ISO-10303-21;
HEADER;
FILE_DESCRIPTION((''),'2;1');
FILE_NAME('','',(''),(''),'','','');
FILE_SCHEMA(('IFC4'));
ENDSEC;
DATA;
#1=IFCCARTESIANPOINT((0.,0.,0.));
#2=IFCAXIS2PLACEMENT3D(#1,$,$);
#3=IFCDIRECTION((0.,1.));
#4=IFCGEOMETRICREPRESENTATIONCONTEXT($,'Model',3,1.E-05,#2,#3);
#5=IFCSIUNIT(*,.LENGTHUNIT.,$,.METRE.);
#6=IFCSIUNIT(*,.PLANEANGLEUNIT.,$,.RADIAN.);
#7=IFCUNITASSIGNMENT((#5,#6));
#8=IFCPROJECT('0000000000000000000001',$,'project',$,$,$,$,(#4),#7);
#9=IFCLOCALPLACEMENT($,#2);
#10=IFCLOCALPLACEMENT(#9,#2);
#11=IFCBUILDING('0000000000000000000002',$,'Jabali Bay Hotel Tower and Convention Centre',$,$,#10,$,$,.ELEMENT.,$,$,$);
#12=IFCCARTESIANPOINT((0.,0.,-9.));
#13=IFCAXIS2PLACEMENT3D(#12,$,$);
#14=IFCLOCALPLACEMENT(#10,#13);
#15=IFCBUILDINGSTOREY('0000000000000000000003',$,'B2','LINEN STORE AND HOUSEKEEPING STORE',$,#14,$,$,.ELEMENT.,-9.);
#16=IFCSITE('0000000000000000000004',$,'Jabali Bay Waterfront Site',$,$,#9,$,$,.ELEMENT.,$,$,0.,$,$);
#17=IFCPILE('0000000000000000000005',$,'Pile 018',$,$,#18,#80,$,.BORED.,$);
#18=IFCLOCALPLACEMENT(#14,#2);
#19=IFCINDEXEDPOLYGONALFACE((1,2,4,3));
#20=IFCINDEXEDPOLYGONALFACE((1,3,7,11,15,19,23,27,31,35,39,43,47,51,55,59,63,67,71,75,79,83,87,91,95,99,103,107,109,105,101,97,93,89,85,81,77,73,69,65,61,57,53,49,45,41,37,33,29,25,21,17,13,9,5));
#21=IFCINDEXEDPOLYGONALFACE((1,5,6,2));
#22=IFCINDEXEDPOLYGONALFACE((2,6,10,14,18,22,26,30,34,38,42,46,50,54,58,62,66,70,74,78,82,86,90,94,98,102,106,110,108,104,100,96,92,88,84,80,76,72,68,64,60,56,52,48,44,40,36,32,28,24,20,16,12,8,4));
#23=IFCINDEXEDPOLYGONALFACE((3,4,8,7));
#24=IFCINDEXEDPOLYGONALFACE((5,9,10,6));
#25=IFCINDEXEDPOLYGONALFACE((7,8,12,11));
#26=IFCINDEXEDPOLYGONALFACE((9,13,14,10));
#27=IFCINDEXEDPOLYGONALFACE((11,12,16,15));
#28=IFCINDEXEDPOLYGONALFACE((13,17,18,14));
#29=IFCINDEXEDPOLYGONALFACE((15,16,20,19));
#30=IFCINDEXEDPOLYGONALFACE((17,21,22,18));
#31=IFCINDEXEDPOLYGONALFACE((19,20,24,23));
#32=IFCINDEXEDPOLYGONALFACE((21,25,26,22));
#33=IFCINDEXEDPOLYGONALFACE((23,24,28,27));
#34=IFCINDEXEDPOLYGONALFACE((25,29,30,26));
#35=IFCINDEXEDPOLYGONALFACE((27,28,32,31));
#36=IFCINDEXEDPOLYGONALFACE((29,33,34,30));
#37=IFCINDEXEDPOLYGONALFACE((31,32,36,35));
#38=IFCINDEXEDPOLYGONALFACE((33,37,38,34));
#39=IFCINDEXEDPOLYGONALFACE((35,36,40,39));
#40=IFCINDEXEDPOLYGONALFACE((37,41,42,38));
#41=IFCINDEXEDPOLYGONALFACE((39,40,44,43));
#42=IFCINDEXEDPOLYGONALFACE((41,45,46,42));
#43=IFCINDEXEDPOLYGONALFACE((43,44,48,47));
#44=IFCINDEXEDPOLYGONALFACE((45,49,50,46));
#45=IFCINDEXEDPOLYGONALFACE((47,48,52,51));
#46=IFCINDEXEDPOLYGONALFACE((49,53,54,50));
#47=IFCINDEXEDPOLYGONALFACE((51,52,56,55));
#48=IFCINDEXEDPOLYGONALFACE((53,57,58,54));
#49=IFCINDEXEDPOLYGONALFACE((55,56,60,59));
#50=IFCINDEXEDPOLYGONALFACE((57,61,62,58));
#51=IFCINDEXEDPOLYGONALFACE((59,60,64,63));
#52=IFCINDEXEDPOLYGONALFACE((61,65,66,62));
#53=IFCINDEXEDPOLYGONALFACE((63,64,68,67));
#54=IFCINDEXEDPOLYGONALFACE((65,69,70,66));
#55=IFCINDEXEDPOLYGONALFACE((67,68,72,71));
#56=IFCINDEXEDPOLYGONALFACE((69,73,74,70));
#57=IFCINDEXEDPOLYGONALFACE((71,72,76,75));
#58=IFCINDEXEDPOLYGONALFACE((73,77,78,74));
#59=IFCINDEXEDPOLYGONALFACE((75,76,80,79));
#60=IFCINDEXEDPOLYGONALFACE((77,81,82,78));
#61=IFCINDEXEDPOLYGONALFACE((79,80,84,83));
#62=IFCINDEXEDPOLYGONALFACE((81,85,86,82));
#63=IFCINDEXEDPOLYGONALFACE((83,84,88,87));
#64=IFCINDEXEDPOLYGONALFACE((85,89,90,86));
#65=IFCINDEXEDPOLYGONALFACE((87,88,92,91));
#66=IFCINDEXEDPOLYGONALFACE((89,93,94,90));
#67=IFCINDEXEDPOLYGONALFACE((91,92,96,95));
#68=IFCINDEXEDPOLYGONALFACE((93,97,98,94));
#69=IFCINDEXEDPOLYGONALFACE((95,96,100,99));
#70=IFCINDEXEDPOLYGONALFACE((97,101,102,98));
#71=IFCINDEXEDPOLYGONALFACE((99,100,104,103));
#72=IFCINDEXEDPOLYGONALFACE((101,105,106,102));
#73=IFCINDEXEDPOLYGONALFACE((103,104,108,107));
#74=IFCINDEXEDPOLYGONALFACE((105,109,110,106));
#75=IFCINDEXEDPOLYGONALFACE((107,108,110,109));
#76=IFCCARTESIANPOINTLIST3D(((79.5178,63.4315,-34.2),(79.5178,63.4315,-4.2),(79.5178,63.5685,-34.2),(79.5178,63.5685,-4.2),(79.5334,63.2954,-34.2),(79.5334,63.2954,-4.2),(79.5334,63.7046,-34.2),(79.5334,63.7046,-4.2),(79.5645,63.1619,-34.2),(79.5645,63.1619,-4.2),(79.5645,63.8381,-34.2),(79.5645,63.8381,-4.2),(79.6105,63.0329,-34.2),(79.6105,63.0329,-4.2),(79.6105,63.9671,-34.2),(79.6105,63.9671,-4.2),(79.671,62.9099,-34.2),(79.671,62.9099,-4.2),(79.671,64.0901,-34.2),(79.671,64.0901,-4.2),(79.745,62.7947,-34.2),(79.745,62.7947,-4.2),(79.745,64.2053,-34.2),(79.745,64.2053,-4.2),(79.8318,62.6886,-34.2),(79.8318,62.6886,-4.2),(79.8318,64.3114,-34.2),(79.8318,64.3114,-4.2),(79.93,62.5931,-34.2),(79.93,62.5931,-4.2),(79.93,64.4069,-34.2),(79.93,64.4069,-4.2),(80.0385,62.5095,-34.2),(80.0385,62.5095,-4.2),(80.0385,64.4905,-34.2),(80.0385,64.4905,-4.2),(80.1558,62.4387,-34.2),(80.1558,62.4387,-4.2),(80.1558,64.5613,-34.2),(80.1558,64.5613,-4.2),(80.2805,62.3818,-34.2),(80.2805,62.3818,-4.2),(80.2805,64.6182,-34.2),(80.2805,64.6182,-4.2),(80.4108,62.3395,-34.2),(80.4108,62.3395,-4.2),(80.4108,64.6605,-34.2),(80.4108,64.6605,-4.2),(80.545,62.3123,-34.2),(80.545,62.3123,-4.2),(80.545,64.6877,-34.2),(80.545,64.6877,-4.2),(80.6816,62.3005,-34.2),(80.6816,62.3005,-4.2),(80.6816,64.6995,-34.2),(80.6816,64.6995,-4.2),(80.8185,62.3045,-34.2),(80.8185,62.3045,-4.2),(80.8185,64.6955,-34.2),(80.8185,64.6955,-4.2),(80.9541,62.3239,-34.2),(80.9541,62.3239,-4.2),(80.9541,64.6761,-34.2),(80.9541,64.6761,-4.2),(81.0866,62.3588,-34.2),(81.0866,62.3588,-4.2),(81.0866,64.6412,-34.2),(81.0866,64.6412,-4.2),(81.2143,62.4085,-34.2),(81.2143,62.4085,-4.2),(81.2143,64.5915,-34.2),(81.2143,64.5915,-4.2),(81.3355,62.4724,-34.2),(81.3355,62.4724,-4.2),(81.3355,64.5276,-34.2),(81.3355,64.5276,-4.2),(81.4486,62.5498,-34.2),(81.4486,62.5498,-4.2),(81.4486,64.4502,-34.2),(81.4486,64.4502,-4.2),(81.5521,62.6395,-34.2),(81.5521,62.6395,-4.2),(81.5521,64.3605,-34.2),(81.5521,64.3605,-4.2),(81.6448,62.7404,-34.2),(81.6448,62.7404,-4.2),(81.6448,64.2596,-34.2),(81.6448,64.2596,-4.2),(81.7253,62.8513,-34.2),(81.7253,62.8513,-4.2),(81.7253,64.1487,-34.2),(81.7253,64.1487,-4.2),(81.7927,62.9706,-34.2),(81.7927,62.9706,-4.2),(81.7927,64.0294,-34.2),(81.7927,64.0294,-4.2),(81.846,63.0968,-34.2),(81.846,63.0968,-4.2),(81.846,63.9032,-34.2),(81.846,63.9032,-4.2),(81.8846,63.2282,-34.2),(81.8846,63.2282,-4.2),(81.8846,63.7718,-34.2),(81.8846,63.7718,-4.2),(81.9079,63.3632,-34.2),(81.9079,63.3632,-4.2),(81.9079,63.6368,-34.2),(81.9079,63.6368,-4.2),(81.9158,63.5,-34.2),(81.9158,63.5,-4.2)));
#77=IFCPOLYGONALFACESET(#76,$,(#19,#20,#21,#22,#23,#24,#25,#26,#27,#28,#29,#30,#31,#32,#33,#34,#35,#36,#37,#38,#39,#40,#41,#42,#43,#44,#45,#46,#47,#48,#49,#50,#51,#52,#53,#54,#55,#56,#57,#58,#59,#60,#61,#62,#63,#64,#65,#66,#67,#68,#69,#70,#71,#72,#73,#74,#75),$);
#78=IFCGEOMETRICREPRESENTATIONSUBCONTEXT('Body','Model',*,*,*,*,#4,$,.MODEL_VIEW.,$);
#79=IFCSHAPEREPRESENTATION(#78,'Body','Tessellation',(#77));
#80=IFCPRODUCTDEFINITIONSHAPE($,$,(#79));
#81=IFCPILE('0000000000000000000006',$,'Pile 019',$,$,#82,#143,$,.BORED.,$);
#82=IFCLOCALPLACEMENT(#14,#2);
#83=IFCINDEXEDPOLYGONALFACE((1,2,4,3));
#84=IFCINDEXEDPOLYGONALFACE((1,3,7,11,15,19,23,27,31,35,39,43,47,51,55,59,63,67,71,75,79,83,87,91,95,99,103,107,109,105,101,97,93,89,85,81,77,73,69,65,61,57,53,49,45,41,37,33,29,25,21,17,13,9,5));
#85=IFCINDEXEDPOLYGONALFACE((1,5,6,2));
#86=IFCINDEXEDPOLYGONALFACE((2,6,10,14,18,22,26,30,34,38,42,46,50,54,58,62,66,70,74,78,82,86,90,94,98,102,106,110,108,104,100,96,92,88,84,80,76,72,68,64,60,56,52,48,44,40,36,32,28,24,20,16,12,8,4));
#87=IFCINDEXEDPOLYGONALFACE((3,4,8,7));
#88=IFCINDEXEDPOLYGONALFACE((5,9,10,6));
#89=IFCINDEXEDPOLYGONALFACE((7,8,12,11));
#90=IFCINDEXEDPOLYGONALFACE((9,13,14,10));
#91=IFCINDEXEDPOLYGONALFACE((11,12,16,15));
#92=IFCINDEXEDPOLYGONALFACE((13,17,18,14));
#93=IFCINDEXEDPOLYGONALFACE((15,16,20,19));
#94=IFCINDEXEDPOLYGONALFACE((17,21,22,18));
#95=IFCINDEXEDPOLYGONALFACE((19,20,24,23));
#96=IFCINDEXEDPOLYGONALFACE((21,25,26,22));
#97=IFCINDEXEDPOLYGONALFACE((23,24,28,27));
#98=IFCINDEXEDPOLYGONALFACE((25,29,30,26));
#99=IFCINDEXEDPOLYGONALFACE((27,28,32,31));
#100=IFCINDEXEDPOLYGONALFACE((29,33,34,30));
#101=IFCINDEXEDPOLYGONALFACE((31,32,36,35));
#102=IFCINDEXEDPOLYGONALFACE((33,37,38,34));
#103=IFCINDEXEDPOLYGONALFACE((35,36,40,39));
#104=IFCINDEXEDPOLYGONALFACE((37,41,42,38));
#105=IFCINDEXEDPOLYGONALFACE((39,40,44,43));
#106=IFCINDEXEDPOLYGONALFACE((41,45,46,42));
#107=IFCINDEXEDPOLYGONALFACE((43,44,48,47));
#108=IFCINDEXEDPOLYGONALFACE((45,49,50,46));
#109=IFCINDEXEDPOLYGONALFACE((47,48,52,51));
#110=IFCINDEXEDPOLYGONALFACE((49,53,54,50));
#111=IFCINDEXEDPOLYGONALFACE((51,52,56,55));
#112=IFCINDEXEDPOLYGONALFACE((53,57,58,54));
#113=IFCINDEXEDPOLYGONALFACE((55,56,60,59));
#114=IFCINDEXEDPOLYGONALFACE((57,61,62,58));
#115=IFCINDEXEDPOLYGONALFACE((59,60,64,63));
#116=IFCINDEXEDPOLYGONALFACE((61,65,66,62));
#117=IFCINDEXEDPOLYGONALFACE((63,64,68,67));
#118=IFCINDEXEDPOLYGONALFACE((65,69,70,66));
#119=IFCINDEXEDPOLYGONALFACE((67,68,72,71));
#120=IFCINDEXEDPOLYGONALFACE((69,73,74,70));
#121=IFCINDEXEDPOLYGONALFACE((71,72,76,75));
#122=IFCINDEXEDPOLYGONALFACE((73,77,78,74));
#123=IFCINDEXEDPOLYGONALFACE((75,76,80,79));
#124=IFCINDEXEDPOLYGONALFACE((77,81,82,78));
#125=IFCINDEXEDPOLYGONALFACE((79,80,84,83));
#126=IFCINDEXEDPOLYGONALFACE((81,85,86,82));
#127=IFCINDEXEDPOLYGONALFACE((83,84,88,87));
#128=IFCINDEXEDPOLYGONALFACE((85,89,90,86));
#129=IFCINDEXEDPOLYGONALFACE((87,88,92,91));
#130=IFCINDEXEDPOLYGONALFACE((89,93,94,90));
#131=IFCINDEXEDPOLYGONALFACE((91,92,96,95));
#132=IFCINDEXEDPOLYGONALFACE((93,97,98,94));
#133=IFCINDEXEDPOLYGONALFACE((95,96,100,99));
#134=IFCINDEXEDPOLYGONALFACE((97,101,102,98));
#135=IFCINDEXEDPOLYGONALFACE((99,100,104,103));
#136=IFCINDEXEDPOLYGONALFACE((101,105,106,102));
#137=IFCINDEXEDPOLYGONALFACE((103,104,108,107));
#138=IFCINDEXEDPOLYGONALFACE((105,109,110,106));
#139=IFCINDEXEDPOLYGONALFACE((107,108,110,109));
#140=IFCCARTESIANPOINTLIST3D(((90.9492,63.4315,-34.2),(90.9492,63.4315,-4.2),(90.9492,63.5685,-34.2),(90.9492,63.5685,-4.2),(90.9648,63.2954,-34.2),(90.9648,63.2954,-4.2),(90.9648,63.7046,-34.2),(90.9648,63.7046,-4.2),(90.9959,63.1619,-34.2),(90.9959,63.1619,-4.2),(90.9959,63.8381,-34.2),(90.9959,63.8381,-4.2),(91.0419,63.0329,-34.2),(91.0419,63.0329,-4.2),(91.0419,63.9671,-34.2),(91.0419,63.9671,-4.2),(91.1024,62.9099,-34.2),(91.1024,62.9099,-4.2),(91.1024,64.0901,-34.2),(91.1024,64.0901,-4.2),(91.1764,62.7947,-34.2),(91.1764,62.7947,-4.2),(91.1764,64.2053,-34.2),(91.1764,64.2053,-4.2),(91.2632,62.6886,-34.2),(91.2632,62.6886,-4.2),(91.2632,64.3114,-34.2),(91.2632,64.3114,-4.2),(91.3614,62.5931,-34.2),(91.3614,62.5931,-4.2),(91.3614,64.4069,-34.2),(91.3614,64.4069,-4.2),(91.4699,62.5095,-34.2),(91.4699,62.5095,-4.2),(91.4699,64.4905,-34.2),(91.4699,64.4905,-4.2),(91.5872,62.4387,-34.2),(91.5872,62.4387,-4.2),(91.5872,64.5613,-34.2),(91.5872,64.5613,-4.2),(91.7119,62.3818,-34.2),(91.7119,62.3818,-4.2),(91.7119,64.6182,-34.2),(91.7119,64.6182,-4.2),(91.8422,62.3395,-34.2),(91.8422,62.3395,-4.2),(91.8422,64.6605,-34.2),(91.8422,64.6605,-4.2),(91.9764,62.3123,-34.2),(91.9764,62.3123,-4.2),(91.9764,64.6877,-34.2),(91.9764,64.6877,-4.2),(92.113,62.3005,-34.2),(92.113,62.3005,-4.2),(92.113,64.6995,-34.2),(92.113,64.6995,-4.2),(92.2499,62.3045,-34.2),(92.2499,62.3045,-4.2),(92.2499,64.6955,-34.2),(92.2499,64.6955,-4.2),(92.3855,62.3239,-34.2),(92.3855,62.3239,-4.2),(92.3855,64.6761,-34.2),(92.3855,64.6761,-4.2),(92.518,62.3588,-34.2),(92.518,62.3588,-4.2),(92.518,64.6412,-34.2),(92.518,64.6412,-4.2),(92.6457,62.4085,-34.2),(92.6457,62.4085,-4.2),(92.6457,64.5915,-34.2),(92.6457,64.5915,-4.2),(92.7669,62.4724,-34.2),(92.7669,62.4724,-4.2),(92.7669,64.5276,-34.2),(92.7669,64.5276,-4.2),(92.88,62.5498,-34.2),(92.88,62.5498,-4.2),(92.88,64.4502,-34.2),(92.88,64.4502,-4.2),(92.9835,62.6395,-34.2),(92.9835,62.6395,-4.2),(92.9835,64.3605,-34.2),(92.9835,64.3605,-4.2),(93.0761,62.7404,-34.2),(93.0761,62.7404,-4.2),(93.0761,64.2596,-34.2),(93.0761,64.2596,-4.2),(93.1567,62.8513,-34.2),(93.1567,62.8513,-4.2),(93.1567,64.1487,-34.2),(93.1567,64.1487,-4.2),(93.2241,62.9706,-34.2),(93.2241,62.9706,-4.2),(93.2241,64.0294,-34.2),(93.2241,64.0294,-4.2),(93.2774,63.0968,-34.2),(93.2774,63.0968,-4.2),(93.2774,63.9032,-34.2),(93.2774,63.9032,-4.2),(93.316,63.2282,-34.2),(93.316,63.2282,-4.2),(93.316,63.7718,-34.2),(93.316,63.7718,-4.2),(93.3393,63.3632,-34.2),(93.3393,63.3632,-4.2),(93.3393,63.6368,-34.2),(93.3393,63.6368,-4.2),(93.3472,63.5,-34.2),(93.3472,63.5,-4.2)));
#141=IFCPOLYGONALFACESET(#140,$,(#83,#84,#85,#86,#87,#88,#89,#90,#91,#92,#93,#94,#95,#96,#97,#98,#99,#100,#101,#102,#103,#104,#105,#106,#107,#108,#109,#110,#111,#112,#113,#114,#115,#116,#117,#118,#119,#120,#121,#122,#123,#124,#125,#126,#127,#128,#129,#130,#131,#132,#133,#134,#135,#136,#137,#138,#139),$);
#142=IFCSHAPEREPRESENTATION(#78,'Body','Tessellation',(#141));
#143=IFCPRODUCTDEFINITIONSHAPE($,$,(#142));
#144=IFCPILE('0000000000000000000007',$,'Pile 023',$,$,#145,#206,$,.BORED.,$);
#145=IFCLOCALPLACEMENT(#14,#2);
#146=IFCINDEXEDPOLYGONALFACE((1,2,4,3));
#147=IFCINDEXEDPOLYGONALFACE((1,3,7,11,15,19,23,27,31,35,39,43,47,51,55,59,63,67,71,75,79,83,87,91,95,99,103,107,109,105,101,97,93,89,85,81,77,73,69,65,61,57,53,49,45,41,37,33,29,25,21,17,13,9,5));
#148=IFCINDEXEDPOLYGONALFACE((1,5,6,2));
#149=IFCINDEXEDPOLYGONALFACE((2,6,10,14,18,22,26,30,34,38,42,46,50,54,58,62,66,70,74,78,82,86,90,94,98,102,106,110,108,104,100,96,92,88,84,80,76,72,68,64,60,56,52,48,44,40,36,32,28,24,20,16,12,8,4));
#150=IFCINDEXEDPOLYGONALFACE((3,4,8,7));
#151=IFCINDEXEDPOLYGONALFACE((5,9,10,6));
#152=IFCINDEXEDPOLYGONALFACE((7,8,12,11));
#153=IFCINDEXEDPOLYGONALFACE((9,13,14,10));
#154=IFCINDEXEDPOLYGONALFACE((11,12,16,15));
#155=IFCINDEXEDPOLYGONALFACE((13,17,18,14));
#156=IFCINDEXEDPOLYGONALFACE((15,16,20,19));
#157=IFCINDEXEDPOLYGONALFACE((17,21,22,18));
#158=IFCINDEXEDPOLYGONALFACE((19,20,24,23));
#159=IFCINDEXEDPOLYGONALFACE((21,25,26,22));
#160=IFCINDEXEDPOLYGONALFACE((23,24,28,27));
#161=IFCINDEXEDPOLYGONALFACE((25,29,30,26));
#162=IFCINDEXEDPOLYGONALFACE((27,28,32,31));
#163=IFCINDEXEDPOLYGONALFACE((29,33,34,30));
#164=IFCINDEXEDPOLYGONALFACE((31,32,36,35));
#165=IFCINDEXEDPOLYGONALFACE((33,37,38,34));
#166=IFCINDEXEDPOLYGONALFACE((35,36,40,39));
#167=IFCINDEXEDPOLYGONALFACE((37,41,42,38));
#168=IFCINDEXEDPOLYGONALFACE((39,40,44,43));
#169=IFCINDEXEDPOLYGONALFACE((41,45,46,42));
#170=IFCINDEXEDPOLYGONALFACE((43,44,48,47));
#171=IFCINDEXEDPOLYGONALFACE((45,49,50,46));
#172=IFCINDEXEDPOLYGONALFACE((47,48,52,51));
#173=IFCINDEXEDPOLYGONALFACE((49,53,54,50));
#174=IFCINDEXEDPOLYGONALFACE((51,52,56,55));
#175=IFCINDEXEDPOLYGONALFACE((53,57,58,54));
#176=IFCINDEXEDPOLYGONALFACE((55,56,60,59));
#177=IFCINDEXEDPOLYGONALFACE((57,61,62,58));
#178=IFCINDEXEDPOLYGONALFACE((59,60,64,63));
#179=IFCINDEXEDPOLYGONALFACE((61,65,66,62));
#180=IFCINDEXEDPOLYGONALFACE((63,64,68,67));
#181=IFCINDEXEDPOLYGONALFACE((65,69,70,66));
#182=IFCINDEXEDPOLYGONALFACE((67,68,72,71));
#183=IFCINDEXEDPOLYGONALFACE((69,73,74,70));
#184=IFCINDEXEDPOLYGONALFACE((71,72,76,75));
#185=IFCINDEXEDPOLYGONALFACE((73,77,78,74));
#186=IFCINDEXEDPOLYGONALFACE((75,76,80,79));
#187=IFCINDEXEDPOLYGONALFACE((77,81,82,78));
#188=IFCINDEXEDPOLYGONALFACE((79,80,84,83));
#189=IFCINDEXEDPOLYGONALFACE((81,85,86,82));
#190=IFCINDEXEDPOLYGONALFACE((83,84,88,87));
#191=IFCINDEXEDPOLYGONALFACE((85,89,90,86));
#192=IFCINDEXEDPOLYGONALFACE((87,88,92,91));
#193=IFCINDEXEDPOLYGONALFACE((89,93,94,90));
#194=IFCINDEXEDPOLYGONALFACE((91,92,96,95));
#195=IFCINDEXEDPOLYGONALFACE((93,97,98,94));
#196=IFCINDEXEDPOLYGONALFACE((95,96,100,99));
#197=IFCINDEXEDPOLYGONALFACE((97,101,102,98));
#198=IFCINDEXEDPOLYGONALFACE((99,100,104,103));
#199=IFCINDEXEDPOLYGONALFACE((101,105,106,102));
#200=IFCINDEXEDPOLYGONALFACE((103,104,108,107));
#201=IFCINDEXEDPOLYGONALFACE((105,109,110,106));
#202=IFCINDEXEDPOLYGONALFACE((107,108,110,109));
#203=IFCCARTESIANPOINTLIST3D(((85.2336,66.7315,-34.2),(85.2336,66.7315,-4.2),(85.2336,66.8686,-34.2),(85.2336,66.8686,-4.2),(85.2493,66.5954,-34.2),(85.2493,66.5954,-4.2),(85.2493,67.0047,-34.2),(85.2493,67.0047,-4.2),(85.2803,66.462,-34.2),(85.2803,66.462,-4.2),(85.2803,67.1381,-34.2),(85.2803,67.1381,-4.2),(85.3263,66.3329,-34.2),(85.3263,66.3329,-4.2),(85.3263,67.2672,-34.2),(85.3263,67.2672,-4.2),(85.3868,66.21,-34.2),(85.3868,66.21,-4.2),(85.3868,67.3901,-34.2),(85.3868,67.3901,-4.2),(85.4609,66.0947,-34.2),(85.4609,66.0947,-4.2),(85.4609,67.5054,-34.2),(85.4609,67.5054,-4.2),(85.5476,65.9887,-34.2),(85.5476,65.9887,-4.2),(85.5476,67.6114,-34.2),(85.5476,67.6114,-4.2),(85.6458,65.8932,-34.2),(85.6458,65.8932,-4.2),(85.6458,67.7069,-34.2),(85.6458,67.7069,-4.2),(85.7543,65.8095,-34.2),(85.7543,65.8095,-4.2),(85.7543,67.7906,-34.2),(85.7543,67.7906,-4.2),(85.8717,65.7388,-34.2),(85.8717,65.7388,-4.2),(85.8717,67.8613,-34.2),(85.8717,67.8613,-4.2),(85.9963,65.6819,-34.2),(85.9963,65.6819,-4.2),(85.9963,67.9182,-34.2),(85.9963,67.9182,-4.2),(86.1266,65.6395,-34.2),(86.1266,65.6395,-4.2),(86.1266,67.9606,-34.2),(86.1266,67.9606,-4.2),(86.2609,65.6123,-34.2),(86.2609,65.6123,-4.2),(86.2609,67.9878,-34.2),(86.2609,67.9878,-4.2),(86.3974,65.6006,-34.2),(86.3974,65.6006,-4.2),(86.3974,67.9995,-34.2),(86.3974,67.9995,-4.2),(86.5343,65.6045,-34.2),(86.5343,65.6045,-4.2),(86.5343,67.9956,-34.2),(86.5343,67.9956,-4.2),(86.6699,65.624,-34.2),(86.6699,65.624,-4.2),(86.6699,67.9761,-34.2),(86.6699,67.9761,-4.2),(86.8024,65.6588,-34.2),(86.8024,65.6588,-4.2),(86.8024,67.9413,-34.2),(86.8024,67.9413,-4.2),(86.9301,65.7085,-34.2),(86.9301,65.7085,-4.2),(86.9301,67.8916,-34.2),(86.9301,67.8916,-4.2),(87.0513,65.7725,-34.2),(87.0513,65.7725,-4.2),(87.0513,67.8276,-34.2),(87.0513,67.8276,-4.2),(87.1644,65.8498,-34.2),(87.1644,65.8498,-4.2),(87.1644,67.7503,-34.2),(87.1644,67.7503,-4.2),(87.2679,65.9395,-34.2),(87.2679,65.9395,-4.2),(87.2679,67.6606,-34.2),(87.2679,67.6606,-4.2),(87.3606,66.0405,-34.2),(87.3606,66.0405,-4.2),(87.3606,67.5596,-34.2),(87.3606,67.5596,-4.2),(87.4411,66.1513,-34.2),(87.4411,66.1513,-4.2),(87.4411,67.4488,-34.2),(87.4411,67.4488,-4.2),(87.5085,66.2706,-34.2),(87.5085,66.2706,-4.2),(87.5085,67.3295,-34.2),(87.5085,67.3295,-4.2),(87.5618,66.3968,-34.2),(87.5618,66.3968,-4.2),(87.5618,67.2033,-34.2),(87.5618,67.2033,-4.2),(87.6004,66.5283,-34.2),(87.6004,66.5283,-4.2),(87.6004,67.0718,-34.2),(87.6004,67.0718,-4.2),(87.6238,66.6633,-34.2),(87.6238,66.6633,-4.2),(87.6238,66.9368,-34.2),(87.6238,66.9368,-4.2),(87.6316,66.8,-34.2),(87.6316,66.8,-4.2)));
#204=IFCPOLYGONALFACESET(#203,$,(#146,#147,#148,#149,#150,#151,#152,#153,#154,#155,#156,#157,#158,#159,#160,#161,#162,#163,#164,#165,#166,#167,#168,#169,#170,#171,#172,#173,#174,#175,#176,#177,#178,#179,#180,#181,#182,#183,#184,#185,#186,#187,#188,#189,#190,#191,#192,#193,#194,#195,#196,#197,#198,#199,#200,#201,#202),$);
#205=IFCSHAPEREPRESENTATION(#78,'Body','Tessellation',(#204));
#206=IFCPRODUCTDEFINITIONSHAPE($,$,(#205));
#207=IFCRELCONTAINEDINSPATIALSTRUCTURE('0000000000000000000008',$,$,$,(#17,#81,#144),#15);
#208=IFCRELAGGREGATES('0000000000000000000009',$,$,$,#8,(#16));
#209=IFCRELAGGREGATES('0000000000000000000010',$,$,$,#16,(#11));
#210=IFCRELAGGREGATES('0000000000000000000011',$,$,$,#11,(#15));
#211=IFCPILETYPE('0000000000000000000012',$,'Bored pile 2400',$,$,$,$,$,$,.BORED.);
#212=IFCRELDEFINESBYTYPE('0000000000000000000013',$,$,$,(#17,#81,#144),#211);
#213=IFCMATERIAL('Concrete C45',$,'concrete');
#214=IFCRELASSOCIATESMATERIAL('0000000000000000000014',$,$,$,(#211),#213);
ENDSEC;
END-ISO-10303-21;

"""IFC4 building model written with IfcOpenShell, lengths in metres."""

from ifc_helpers import new_model, si_unit, direction, frame, origin, origin_2d, place, context, subcontext, project, spatial, circle, extrude, material, material_profile, profile_set, type_object, element, save


model = new_model("IFC4")

# Units and contexts
model_context = context("Model", 3, precision=1e-05, world=origin(), true_north=direction((0.0, 1.0)))
body_context = subcontext(model_context, "Body", "Model", "MODEL_VIEW")
ifc_project = project(units=[si_unit("LENGTHUNIT", "METRE"), si_unit("PLANEANGLEUNIT", "RADIAN")], contexts=[model_context])

# Site, building, storey
site_placement = place(None, origin())
site = spatial("IfcSite", under=ifc_project, at=site_placement, Name="Jabali Bay Waterfront Site", CompositionType="ELEMENT", RefElevation=0.0)
building_placement = place(site_placement, origin())
building = spatial("IfcBuilding", under=site, at=building_placement, Name="Jabali Bay Hotel Tower and Convention Centre", CompositionType="ELEMENT")
storey_placement = place(building_placement, frame((0.0, 0.0, -9.0)))
storey = spatial("IfcBuildingStorey", under=building, at=storey_placement, Name="B2", Description="LINEN STORE AND HOUSEKEEPING STORE", CompositionType="ELEMENT", Elevation=-9.0)

# Piles
ifc_material_1 = material(Name="Concrete C45", Category="concrete")
ifc_material_profile_1 = material_profile(ifc_material_1, circle(Radius=1.2, at=origin_2d()), Name="Bored pile 2400")
ifc_profile_set_1 = profile_set([ifc_material_profile_1], Name="Concrete C45")
pile_type = type_object("IfcPileType", Name="Bored pile 2400", PredefinedType="BORED", material=ifc_profile_set_1)
for number, where, z_axis, x_axis, name in (
    (1, (80.7158, 63.5, -4.2), (0.0, 0.0, -1.0), (1.0, 0.0, 0.0), "Pile 018"),
    (2, (92.1472, 63.5, -4.2), (0.0, 0.0, -1.0), (1.0, 0.0, 0.0), "Pile 019"),
    (3, (86.4316, 66.8, -4.2), (0.0, 0.0, -1.0), (1.0, 0.0, 0.0), "Pile 023"),
):
    element("IfcPile", number, at=place(storey_placement, frame(where, z_axis=z_axis, x_axis=x_axis)), inside=storey, type_object=pile_type, Name=name, PredefinedType="BORED", context=body_context, shape_type="SweptSolid", body=[
        extrude(circle(Radius=1.2, at=origin_2d()), origin(), (0.0, 0.0, 1.0), 30.0),
    ])

save(model, "model.ifc")
